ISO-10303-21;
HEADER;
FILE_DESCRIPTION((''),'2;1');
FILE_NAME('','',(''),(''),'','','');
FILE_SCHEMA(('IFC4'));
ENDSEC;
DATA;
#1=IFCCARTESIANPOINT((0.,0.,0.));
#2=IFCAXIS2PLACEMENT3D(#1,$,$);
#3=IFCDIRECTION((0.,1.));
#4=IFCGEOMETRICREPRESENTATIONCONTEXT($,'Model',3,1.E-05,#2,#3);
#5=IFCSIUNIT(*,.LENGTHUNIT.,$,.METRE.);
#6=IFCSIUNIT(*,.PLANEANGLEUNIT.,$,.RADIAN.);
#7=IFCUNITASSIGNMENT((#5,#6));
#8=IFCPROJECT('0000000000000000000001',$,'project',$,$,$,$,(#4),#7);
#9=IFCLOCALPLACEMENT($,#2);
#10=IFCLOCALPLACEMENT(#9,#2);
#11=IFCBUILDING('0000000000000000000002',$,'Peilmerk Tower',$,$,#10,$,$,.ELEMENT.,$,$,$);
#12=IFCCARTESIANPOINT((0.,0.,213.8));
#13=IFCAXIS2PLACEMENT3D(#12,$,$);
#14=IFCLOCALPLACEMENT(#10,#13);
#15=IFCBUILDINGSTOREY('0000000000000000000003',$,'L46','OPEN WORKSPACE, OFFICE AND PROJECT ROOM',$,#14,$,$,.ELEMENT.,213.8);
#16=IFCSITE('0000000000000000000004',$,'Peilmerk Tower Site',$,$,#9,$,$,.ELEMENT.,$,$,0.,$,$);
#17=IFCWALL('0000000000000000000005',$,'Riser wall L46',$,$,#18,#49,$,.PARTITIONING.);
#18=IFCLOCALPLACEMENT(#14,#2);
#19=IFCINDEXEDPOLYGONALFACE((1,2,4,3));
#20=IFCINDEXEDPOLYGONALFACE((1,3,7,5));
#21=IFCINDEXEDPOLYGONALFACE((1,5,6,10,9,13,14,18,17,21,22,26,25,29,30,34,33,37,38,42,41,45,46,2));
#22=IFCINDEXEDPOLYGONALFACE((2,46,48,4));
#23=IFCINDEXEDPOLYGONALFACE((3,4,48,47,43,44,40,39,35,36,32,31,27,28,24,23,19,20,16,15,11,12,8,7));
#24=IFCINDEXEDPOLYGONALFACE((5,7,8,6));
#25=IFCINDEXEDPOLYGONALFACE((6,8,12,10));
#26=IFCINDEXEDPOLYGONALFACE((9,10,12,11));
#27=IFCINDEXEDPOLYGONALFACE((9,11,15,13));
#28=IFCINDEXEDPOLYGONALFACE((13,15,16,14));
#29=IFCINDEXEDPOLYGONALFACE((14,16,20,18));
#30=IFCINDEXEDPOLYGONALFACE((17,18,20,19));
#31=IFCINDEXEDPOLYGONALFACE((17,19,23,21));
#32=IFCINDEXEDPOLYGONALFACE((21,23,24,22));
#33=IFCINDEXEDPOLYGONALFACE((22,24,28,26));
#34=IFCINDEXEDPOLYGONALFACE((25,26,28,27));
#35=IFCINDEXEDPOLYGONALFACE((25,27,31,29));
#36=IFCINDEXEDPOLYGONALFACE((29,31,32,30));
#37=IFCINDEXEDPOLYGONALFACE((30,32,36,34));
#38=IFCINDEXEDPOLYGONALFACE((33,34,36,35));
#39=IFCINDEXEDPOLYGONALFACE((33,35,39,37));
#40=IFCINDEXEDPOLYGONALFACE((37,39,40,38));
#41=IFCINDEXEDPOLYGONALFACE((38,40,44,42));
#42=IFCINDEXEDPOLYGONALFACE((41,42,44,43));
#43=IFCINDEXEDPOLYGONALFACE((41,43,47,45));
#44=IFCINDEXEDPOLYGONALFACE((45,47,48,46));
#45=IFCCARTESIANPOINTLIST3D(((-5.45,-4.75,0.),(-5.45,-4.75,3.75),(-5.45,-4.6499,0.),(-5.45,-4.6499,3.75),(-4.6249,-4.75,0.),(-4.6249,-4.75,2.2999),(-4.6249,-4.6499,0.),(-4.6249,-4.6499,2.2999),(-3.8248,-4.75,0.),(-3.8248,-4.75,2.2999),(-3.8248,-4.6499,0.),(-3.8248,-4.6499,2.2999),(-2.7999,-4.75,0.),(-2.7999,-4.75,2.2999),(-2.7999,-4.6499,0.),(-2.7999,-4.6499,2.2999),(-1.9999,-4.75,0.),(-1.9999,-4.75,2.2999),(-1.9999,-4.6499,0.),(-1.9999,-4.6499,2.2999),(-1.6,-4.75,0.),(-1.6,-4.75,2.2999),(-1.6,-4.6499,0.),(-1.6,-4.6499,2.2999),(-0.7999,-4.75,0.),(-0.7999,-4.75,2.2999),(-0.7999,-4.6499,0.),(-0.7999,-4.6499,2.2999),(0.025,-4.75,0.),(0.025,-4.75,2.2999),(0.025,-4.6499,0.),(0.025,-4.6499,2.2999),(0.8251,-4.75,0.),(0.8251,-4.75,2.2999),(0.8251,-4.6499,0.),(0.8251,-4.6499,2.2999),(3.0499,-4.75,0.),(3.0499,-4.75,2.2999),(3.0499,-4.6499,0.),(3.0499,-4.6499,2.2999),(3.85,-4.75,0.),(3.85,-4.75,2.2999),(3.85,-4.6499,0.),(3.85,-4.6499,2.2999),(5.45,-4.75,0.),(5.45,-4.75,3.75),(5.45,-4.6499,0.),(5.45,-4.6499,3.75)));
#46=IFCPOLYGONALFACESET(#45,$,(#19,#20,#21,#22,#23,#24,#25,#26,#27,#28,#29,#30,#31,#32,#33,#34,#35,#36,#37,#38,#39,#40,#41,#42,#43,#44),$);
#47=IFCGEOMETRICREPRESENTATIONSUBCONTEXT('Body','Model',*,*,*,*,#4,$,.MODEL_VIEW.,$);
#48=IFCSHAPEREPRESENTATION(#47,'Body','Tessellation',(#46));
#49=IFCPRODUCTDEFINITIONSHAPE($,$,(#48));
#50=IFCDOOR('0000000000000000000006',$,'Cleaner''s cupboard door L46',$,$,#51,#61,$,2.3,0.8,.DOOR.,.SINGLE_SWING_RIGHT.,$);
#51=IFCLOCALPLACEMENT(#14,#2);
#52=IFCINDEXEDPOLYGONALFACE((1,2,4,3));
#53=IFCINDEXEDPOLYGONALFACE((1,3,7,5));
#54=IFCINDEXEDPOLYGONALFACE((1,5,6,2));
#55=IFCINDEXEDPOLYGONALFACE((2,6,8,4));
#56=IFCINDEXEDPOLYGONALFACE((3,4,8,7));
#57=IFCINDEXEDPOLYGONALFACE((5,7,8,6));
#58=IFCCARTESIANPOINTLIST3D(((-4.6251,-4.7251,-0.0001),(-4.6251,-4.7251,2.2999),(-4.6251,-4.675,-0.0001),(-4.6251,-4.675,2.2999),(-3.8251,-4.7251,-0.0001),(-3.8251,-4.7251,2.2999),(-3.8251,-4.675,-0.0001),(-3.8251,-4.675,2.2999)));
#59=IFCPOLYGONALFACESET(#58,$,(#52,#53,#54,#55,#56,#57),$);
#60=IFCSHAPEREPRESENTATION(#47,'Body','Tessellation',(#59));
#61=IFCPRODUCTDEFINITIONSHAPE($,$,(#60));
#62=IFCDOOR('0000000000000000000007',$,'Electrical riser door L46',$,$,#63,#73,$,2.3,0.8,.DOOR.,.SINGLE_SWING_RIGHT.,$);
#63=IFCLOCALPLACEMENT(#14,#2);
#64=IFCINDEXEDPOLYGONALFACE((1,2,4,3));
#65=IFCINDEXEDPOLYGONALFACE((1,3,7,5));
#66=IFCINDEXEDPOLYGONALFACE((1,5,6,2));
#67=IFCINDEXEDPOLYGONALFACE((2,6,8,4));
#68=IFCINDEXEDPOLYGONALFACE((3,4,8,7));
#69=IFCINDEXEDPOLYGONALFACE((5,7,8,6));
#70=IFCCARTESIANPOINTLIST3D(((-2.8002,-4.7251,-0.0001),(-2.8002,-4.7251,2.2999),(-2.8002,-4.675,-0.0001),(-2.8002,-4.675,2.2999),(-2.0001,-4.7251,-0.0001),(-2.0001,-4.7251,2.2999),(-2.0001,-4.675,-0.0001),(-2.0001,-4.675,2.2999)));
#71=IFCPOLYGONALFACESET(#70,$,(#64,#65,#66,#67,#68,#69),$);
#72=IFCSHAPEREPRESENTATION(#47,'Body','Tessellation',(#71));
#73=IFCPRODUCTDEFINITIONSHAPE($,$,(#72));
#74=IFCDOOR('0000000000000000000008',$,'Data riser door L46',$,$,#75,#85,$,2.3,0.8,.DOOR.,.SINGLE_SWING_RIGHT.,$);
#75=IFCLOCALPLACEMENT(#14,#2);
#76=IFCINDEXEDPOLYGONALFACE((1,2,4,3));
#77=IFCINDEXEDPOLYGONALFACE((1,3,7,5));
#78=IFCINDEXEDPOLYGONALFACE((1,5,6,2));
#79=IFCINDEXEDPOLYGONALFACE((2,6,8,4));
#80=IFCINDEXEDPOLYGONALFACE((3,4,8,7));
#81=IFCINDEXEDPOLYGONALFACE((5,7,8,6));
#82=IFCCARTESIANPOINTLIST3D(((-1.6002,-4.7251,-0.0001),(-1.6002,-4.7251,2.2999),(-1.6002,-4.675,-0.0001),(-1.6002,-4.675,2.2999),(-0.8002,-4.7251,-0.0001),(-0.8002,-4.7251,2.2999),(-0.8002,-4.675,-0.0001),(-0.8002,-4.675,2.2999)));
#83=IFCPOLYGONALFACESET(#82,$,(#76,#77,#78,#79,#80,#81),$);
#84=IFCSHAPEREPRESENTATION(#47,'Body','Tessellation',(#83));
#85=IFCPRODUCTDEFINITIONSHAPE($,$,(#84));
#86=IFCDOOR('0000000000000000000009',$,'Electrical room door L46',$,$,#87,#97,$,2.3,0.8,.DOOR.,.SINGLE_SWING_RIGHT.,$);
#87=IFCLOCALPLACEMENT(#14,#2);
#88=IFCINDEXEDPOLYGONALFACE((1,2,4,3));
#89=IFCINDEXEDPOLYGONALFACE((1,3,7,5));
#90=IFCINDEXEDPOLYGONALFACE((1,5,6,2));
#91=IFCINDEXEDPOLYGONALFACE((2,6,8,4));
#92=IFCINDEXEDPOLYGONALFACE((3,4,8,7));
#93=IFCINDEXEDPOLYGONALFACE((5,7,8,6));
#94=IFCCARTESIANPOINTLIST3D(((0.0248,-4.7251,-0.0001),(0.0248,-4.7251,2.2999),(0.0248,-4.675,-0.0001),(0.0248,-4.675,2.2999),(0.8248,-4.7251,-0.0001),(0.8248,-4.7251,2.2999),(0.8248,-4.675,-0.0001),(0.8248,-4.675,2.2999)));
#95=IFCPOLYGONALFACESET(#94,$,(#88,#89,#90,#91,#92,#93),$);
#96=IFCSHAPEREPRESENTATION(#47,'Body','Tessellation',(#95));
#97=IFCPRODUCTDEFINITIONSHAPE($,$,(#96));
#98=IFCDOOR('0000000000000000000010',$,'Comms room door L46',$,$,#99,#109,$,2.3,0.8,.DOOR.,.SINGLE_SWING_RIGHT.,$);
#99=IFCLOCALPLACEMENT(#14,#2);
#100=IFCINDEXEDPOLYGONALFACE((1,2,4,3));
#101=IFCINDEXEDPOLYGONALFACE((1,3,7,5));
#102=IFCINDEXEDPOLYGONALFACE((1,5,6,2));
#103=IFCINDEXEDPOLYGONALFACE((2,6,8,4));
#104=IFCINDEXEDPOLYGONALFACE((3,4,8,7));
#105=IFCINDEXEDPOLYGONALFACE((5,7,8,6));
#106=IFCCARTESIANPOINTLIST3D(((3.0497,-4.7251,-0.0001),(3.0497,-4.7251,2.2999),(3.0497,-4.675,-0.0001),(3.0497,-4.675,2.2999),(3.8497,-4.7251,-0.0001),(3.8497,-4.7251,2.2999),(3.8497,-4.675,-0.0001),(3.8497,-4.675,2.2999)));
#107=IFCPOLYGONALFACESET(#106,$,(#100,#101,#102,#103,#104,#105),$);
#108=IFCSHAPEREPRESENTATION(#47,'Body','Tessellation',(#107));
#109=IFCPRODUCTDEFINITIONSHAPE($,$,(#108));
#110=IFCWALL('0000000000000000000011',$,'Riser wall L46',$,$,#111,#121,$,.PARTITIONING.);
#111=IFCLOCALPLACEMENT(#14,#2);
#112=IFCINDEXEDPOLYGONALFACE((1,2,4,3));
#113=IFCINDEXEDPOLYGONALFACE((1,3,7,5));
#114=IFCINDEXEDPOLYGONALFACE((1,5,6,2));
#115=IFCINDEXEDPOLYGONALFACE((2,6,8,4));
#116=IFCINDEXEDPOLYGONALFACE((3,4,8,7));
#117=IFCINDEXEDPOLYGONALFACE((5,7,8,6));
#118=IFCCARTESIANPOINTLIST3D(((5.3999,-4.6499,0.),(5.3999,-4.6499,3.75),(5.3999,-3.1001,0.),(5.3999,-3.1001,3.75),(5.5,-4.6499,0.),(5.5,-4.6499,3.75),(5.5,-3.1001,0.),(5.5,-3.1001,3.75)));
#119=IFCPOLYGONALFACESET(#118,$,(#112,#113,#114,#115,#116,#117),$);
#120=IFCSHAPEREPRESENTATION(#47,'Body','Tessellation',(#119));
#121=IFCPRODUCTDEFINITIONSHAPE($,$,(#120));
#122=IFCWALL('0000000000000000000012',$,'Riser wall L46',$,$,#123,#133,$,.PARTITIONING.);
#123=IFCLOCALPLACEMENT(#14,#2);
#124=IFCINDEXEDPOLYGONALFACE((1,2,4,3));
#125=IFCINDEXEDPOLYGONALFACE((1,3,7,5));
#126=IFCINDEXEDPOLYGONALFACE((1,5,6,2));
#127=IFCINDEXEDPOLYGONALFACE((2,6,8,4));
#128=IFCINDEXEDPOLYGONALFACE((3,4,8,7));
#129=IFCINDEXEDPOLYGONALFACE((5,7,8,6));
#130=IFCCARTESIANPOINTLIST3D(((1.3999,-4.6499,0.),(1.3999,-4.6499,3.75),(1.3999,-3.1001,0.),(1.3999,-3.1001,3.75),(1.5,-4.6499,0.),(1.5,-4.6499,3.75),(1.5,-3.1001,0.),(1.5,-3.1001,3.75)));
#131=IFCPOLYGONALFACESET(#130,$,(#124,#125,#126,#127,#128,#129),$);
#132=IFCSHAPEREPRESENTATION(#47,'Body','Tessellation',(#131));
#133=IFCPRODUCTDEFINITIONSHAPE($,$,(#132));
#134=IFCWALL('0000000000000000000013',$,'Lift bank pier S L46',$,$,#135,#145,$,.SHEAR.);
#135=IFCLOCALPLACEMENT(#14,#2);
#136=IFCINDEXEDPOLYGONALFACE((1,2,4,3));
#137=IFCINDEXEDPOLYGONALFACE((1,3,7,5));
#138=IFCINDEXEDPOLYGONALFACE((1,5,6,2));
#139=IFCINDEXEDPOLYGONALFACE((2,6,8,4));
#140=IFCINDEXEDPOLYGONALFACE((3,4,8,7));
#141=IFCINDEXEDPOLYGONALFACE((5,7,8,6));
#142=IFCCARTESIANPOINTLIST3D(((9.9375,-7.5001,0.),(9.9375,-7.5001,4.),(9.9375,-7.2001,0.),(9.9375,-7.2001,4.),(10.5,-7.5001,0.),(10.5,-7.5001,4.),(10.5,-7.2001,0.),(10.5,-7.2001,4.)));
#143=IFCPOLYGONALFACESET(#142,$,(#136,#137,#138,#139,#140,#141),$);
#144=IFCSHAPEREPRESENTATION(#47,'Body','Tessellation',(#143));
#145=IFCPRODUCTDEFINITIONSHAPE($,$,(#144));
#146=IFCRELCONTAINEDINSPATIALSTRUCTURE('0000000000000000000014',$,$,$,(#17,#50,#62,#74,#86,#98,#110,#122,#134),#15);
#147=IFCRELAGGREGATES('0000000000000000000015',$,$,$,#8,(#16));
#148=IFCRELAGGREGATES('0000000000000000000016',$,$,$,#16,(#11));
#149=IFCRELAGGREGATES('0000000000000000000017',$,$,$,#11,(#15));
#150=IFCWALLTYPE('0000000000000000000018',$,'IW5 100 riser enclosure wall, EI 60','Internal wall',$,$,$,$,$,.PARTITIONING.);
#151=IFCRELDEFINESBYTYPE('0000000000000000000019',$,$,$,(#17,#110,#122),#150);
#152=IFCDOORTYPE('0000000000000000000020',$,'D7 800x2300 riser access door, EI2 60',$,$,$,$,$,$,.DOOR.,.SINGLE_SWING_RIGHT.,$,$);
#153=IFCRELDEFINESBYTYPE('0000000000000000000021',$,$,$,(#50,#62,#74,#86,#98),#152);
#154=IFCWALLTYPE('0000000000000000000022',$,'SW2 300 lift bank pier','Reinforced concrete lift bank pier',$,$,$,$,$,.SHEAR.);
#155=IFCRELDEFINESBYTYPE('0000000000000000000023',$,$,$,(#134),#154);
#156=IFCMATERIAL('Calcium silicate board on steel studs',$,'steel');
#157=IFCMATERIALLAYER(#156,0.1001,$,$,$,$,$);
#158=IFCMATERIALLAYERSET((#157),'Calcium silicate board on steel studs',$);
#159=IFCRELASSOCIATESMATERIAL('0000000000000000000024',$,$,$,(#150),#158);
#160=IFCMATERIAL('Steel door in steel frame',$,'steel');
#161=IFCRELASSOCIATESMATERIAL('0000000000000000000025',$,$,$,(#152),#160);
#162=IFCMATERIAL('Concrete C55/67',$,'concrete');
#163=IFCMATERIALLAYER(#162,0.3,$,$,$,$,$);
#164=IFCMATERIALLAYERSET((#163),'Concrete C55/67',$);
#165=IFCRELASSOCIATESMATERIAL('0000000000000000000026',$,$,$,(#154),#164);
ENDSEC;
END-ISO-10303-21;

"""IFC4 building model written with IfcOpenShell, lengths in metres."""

from ifc_helpers import new_model, si_unit, direction, frame, frame_2d, origin, place, context, subcontext, project, spatial, rectangle, extrude, material, layer, layer_set, type_object, element, fill, save


model = new_model("IFC4")

# Units and contexts
model_context = context("Model", 3, precision=1e-05, world=origin(), true_north=direction((0.0, 1.0)))
body_context = subcontext(model_context, "Body", "Model", "MODEL_VIEW")
ifc_project = project(units=[si_unit("LENGTHUNIT", "METRE"), si_unit("PLANEANGLEUNIT", "RADIAN")], contexts=[model_context])

# Site, building, storey
site_placement = place(None, origin())
site = spatial("IfcSite", under=ifc_project, at=site_placement, Name="Peilmerk Tower Site", CompositionType="ELEMENT", RefElevation=0.0)
building_placement = place(site_placement, origin())
building = spatial("IfcBuilding", under=site, at=building_placement, Name="Peilmerk Tower", CompositionType="ELEMENT")
storey_placement = place(building_placement, frame((0.0, 0.0, 213.8)))
storey = spatial("IfcBuildingStorey", under=building, at=storey_placement, Name="L46", Description="OPEN WORKSPACE, OFFICE AND PROJECT ROOM", CompositionType="ELEMENT", Elevation=213.8)

# Shared definitions
ifc_material_1 = material(Name="Steel door in steel frame", Category="steel")

# Shared definitions
ifc_material_2 = material(Name="Calcium silicate board on steel studs", Category="steel")
ifc_layer_1 = layer(ifc_material_2, 0.1001)
ifc_layer_set_1 = layer_set([ifc_layer_1], Name="Calcium silicate board on steel studs")
wall_type_1 = type_object("IfcWallType", Name="IW5 100 riser enclosure wall, EI 60", Description="Internal wall", PredefinedType="PARTITIONING", material=ifc_layer_set_1)

# Wall, openings, doors
wall_1_placement = place(storey_placement, frame((5.45, -4.7, 0.0), z_axis=(0.0, 0.0, 1.0), x_axis=(-1.0, 0.0, 0.0)))
wall_1 = element("IfcWall", 1, at=wall_1_placement, inside=storey, type_object=wall_type_1, Name="Riser wall L46", PredefinedType="PARTITIONING", context=body_context, shape_type="SweptSolid", body=[
    extrude(rectangle(XDim=10.8999, YDim=0.1001, at=frame_2d((5.45, 0.0))), origin(), (0.0, 0.0, 1.0), 3.75),
])
opening_1_placement = place(wall_1_placement, frame((9.2749, 0.0, 0.0)))
opening_1 = element("IfcOpeningElement", 2, at=opening_1_placement, cuts=wall_1, PredefinedType="OPENING", context=body_context, shape_type="SweptSolid", body=[
    extrude(rectangle(XDim=0.8, YDim=2.3, at=frame_2d((0.3999, 1.1499))), frame((0.0, 0.0601, 0.0), z_axis=(0.0, -1.0, 0.0), x_axis=(1.0, 0.0, 0.0)), (0.0, 0.0, 1.0), 0.1201),
])
opening_2_placement = place(wall_1_placement, frame((7.45, 0.0, 0.0)))
opening_2 = element("IfcOpeningElement", 3, at=opening_2_placement, cuts=wall_1, PredefinedType="OPENING", context=body_context, shape_type="SweptSolid", body=[
    extrude(rectangle(XDim=0.8, YDim=2.3, at=frame_2d((0.3999, 1.1499))), frame((0.0, 0.0601, 0.0), z_axis=(0.0, -1.0, 0.0), x_axis=(1.0, 0.0, 0.0)), (0.0, 0.0, 1.0), 0.1201),
])
opening_3_placement = place(wall_1_placement, frame((6.25, 0.0, 0.0)))
opening_3 = element("IfcOpeningElement", 4, at=opening_3_placement, cuts=wall_1, PredefinedType="OPENING", context=body_context, shape_type="SweptSolid", body=[
    extrude(rectangle(XDim=0.8, YDim=2.3, at=frame_2d((0.3999, 1.1499))), frame((0.0, 0.0601, 0.0), z_axis=(0.0, -1.0, 0.0), x_axis=(1.0, 0.0, 0.0)), (0.0, 0.0, 1.0), 0.1201),
])
opening_4_placement = place(wall_1_placement, frame((4.625, 0.0, 0.0)))
opening_4 = element("IfcOpeningElement", 5, at=opening_4_placement, cuts=wall_1, PredefinedType="OPENING", context=body_context, shape_type="SweptSolid", body=[
    extrude(rectangle(XDim=0.8, YDim=2.3, at=frame_2d((0.3999, 1.1499))), frame((0.0, 0.0601, 0.0), z_axis=(0.0, -1.0, 0.0), x_axis=(1.0, 0.0, 0.0)), (0.0, 0.0, 1.0), 0.1201),
])
opening_5_placement = place(wall_1_placement, frame((1.6001, 0.0, 0.0)))
opening_5 = element("IfcOpeningElement", 6, at=opening_5_placement, cuts=wall_1, PredefinedType="OPENING", context=body_context, shape_type="SweptSolid", body=[
    extrude(rectangle(XDim=0.8, YDim=2.3, at=frame_2d((0.3999, 1.1499))), frame((0.0, 0.0601, 0.0), z_axis=(0.0, -1.0, 0.0), x_axis=(1.0, 0.0, 0.0)), (0.0, 0.0, 1.0), 0.1201),
])
door_type_1 = type_object("IfcDoorType", Name="D7 800x2300 riser access door, EI2 60", OperationType="SINGLE_SWING_RIGHT", PredefinedType="DOOR", material=ifc_material_1)
door_1_placement = place(opening_1_placement, frame((0.8, 0.0, 0.0), z_axis=(0.0, 0.0, 1.0), x_axis=(-1.0, 0.0, 0.0)))
door_1 = element("IfcDoor", 7, at=door_1_placement, inside=storey, type_object=door_type_1, Name="Cleaner's cupboard door L46", OperationType="SINGLE_SWING_RIGHT", OverallHeight=2.3, OverallWidth=0.8, PredefinedType="DOOR", context=body_context, shape_type="SweptSolid", body=[
    extrude(rectangle(XDim=0.8, YDim=2.3, at=frame_2d((0.3999, 1.1499))), frame((0.0, 0.0249, 0.0), z_axis=(0.0, -1.0, 0.0), x_axis=(1.0, 0.0, 0.0)), (0.0, 0.0, 1.0), 0.05),
])
fill(opening_1, door_1)
door_2_placement = place(opening_2_placement, frame((0.8, 0.0, 0.0), z_axis=(0.0, 0.0, 1.0), x_axis=(-1.0, 0.0, 0.0)))
door_2 = element("IfcDoor", 8, at=door_2_placement, inside=storey, type_object=door_type_1, Name="Electrical riser door L46", OperationType="SINGLE_SWING_RIGHT", OverallHeight=2.3, OverallWidth=0.8, PredefinedType="DOOR", context=body_context, shape_type="SweptSolid", body=[
    extrude(rectangle(XDim=0.8, YDim=2.3, at=frame_2d((0.3999, 1.1499))), frame((0.0, 0.0249, 0.0), z_axis=(0.0, -1.0, 0.0), x_axis=(1.0, 0.0, 0.0)), (0.0, 0.0, 1.0), 0.05),
])
fill(opening_2, door_2)
door_3_placement = place(opening_3_placement, frame((0.8, 0.0, 0.0), z_axis=(0.0, 0.0, 1.0), x_axis=(-1.0, 0.0, 0.0)))
door_3 = element("IfcDoor", 9, at=door_3_placement, inside=storey, type_object=door_type_1, Name="Data riser door L46", OperationType="SINGLE_SWING_RIGHT", OverallHeight=2.3, OverallWidth=0.8, PredefinedType="DOOR", context=body_context, shape_type="SweptSolid", body=[
    extrude(rectangle(XDim=0.8, YDim=2.3, at=frame_2d((0.3999, 1.1499))), frame((0.0, 0.0249, 0.0), z_axis=(0.0, -1.0, 0.0), x_axis=(1.0, 0.0, 0.0)), (0.0, 0.0, 1.0), 0.05),
])
fill(opening_3, door_3)
door_4_placement = place(opening_4_placement, frame((0.8, 0.0, 0.0), z_axis=(0.0, 0.0, 1.0), x_axis=(-1.0, 0.0, 0.0)))
door_4 = element("IfcDoor", 10, at=door_4_placement, inside=storey, type_object=door_type_1, Name="Electrical room door L46", OperationType="SINGLE_SWING_RIGHT", OverallHeight=2.3, OverallWidth=0.8, PredefinedType="DOOR", context=body_context, shape_type="SweptSolid", body=[
    extrude(rectangle(XDim=0.8, YDim=2.3, at=frame_2d((0.3999, 1.1499))), frame((0.0, 0.0249, 0.0), z_axis=(0.0, -1.0, 0.0), x_axis=(1.0, 0.0, 0.0)), (0.0, 0.0, 1.0), 0.05),
])
fill(opening_4, door_4)
door_5_placement = place(opening_5_placement, frame((0.8, 0.0, 0.0), z_axis=(0.0, 0.0, 1.0), x_axis=(-1.0, 0.0, 0.0)))
door_5 = element("IfcDoor", 11, at=door_5_placement, inside=storey, type_object=door_type_1, Name="Comms room door L46", OperationType="SINGLE_SWING_RIGHT", OverallHeight=2.3, OverallWidth=0.8, PredefinedType="DOOR", context=body_context, shape_type="SweptSolid", body=[
    extrude(rectangle(XDim=0.8, YDim=2.3, at=frame_2d((0.3999, 1.1499))), frame((0.0, 0.0249, 0.0), z_axis=(0.0, -1.0, 0.0), x_axis=(1.0, 0.0, 0.0)), (0.0, 0.0, 1.0), 0.05),
])
fill(opening_5, door_5)

# Walls
for number, where, z_axis, x_axis, name in (
    (12, (5.45, -3.1001, 0.0), (0.0, 0.0, 1.0), (0.0, -1.0, 0.0), "Riser wall L46"),
    (13, (1.45, -3.1001, 0.0), (0.0, 0.0, 1.0), (0.0, -1.0, 0.0), "Riser wall L46"),
):
    element("IfcWall", number, at=place(storey_placement, frame(where, z_axis=z_axis, x_axis=x_axis)), inside=storey, type_object=wall_type_1, Name=name, PredefinedType="PARTITIONING", context=body_context, shape_type="SweptSolid", body=[
        extrude(rectangle(XDim=1.5498, YDim=0.1001, at=frame_2d((0.7749, 0.0))), origin(), (0.0, 0.0, 1.0), 3.75),
    ])
ifc_material_3 = material(Name="Concrete C55/67", Category="concrete")
ifc_layer_2 = layer(ifc_material_3, 0.3)
ifc_layer_set_2 = layer_set([ifc_layer_2], Name="Concrete C55/67")
wall_type_2 = type_object("IfcWallType", Name="SW2 300 lift bank pier", Description="Reinforced concrete lift bank pier", PredefinedType="SHEAR", material=ifc_layer_set_2)
wall_2_placement = place(storey_placement, frame((9.9375, -7.3501, 0.0), z_axis=(0.0, 0.0, 1.0), x_axis=(1.0, 0.0, 0.0)))
element("IfcWall", 14, at=wall_2_placement, inside=storey, type_object=wall_type_2, Name="Lift bank pier S L46", PredefinedType="SHEAR", context=body_context, shape_type="SweptSolid", body=[
    extrude(rectangle(XDim=0.5625, YDim=0.3, at=frame_2d((0.2812, 0.0))), origin(), (0.0, 0.0, 1.0), 4.0),
])

save(model, "model.ifc")
